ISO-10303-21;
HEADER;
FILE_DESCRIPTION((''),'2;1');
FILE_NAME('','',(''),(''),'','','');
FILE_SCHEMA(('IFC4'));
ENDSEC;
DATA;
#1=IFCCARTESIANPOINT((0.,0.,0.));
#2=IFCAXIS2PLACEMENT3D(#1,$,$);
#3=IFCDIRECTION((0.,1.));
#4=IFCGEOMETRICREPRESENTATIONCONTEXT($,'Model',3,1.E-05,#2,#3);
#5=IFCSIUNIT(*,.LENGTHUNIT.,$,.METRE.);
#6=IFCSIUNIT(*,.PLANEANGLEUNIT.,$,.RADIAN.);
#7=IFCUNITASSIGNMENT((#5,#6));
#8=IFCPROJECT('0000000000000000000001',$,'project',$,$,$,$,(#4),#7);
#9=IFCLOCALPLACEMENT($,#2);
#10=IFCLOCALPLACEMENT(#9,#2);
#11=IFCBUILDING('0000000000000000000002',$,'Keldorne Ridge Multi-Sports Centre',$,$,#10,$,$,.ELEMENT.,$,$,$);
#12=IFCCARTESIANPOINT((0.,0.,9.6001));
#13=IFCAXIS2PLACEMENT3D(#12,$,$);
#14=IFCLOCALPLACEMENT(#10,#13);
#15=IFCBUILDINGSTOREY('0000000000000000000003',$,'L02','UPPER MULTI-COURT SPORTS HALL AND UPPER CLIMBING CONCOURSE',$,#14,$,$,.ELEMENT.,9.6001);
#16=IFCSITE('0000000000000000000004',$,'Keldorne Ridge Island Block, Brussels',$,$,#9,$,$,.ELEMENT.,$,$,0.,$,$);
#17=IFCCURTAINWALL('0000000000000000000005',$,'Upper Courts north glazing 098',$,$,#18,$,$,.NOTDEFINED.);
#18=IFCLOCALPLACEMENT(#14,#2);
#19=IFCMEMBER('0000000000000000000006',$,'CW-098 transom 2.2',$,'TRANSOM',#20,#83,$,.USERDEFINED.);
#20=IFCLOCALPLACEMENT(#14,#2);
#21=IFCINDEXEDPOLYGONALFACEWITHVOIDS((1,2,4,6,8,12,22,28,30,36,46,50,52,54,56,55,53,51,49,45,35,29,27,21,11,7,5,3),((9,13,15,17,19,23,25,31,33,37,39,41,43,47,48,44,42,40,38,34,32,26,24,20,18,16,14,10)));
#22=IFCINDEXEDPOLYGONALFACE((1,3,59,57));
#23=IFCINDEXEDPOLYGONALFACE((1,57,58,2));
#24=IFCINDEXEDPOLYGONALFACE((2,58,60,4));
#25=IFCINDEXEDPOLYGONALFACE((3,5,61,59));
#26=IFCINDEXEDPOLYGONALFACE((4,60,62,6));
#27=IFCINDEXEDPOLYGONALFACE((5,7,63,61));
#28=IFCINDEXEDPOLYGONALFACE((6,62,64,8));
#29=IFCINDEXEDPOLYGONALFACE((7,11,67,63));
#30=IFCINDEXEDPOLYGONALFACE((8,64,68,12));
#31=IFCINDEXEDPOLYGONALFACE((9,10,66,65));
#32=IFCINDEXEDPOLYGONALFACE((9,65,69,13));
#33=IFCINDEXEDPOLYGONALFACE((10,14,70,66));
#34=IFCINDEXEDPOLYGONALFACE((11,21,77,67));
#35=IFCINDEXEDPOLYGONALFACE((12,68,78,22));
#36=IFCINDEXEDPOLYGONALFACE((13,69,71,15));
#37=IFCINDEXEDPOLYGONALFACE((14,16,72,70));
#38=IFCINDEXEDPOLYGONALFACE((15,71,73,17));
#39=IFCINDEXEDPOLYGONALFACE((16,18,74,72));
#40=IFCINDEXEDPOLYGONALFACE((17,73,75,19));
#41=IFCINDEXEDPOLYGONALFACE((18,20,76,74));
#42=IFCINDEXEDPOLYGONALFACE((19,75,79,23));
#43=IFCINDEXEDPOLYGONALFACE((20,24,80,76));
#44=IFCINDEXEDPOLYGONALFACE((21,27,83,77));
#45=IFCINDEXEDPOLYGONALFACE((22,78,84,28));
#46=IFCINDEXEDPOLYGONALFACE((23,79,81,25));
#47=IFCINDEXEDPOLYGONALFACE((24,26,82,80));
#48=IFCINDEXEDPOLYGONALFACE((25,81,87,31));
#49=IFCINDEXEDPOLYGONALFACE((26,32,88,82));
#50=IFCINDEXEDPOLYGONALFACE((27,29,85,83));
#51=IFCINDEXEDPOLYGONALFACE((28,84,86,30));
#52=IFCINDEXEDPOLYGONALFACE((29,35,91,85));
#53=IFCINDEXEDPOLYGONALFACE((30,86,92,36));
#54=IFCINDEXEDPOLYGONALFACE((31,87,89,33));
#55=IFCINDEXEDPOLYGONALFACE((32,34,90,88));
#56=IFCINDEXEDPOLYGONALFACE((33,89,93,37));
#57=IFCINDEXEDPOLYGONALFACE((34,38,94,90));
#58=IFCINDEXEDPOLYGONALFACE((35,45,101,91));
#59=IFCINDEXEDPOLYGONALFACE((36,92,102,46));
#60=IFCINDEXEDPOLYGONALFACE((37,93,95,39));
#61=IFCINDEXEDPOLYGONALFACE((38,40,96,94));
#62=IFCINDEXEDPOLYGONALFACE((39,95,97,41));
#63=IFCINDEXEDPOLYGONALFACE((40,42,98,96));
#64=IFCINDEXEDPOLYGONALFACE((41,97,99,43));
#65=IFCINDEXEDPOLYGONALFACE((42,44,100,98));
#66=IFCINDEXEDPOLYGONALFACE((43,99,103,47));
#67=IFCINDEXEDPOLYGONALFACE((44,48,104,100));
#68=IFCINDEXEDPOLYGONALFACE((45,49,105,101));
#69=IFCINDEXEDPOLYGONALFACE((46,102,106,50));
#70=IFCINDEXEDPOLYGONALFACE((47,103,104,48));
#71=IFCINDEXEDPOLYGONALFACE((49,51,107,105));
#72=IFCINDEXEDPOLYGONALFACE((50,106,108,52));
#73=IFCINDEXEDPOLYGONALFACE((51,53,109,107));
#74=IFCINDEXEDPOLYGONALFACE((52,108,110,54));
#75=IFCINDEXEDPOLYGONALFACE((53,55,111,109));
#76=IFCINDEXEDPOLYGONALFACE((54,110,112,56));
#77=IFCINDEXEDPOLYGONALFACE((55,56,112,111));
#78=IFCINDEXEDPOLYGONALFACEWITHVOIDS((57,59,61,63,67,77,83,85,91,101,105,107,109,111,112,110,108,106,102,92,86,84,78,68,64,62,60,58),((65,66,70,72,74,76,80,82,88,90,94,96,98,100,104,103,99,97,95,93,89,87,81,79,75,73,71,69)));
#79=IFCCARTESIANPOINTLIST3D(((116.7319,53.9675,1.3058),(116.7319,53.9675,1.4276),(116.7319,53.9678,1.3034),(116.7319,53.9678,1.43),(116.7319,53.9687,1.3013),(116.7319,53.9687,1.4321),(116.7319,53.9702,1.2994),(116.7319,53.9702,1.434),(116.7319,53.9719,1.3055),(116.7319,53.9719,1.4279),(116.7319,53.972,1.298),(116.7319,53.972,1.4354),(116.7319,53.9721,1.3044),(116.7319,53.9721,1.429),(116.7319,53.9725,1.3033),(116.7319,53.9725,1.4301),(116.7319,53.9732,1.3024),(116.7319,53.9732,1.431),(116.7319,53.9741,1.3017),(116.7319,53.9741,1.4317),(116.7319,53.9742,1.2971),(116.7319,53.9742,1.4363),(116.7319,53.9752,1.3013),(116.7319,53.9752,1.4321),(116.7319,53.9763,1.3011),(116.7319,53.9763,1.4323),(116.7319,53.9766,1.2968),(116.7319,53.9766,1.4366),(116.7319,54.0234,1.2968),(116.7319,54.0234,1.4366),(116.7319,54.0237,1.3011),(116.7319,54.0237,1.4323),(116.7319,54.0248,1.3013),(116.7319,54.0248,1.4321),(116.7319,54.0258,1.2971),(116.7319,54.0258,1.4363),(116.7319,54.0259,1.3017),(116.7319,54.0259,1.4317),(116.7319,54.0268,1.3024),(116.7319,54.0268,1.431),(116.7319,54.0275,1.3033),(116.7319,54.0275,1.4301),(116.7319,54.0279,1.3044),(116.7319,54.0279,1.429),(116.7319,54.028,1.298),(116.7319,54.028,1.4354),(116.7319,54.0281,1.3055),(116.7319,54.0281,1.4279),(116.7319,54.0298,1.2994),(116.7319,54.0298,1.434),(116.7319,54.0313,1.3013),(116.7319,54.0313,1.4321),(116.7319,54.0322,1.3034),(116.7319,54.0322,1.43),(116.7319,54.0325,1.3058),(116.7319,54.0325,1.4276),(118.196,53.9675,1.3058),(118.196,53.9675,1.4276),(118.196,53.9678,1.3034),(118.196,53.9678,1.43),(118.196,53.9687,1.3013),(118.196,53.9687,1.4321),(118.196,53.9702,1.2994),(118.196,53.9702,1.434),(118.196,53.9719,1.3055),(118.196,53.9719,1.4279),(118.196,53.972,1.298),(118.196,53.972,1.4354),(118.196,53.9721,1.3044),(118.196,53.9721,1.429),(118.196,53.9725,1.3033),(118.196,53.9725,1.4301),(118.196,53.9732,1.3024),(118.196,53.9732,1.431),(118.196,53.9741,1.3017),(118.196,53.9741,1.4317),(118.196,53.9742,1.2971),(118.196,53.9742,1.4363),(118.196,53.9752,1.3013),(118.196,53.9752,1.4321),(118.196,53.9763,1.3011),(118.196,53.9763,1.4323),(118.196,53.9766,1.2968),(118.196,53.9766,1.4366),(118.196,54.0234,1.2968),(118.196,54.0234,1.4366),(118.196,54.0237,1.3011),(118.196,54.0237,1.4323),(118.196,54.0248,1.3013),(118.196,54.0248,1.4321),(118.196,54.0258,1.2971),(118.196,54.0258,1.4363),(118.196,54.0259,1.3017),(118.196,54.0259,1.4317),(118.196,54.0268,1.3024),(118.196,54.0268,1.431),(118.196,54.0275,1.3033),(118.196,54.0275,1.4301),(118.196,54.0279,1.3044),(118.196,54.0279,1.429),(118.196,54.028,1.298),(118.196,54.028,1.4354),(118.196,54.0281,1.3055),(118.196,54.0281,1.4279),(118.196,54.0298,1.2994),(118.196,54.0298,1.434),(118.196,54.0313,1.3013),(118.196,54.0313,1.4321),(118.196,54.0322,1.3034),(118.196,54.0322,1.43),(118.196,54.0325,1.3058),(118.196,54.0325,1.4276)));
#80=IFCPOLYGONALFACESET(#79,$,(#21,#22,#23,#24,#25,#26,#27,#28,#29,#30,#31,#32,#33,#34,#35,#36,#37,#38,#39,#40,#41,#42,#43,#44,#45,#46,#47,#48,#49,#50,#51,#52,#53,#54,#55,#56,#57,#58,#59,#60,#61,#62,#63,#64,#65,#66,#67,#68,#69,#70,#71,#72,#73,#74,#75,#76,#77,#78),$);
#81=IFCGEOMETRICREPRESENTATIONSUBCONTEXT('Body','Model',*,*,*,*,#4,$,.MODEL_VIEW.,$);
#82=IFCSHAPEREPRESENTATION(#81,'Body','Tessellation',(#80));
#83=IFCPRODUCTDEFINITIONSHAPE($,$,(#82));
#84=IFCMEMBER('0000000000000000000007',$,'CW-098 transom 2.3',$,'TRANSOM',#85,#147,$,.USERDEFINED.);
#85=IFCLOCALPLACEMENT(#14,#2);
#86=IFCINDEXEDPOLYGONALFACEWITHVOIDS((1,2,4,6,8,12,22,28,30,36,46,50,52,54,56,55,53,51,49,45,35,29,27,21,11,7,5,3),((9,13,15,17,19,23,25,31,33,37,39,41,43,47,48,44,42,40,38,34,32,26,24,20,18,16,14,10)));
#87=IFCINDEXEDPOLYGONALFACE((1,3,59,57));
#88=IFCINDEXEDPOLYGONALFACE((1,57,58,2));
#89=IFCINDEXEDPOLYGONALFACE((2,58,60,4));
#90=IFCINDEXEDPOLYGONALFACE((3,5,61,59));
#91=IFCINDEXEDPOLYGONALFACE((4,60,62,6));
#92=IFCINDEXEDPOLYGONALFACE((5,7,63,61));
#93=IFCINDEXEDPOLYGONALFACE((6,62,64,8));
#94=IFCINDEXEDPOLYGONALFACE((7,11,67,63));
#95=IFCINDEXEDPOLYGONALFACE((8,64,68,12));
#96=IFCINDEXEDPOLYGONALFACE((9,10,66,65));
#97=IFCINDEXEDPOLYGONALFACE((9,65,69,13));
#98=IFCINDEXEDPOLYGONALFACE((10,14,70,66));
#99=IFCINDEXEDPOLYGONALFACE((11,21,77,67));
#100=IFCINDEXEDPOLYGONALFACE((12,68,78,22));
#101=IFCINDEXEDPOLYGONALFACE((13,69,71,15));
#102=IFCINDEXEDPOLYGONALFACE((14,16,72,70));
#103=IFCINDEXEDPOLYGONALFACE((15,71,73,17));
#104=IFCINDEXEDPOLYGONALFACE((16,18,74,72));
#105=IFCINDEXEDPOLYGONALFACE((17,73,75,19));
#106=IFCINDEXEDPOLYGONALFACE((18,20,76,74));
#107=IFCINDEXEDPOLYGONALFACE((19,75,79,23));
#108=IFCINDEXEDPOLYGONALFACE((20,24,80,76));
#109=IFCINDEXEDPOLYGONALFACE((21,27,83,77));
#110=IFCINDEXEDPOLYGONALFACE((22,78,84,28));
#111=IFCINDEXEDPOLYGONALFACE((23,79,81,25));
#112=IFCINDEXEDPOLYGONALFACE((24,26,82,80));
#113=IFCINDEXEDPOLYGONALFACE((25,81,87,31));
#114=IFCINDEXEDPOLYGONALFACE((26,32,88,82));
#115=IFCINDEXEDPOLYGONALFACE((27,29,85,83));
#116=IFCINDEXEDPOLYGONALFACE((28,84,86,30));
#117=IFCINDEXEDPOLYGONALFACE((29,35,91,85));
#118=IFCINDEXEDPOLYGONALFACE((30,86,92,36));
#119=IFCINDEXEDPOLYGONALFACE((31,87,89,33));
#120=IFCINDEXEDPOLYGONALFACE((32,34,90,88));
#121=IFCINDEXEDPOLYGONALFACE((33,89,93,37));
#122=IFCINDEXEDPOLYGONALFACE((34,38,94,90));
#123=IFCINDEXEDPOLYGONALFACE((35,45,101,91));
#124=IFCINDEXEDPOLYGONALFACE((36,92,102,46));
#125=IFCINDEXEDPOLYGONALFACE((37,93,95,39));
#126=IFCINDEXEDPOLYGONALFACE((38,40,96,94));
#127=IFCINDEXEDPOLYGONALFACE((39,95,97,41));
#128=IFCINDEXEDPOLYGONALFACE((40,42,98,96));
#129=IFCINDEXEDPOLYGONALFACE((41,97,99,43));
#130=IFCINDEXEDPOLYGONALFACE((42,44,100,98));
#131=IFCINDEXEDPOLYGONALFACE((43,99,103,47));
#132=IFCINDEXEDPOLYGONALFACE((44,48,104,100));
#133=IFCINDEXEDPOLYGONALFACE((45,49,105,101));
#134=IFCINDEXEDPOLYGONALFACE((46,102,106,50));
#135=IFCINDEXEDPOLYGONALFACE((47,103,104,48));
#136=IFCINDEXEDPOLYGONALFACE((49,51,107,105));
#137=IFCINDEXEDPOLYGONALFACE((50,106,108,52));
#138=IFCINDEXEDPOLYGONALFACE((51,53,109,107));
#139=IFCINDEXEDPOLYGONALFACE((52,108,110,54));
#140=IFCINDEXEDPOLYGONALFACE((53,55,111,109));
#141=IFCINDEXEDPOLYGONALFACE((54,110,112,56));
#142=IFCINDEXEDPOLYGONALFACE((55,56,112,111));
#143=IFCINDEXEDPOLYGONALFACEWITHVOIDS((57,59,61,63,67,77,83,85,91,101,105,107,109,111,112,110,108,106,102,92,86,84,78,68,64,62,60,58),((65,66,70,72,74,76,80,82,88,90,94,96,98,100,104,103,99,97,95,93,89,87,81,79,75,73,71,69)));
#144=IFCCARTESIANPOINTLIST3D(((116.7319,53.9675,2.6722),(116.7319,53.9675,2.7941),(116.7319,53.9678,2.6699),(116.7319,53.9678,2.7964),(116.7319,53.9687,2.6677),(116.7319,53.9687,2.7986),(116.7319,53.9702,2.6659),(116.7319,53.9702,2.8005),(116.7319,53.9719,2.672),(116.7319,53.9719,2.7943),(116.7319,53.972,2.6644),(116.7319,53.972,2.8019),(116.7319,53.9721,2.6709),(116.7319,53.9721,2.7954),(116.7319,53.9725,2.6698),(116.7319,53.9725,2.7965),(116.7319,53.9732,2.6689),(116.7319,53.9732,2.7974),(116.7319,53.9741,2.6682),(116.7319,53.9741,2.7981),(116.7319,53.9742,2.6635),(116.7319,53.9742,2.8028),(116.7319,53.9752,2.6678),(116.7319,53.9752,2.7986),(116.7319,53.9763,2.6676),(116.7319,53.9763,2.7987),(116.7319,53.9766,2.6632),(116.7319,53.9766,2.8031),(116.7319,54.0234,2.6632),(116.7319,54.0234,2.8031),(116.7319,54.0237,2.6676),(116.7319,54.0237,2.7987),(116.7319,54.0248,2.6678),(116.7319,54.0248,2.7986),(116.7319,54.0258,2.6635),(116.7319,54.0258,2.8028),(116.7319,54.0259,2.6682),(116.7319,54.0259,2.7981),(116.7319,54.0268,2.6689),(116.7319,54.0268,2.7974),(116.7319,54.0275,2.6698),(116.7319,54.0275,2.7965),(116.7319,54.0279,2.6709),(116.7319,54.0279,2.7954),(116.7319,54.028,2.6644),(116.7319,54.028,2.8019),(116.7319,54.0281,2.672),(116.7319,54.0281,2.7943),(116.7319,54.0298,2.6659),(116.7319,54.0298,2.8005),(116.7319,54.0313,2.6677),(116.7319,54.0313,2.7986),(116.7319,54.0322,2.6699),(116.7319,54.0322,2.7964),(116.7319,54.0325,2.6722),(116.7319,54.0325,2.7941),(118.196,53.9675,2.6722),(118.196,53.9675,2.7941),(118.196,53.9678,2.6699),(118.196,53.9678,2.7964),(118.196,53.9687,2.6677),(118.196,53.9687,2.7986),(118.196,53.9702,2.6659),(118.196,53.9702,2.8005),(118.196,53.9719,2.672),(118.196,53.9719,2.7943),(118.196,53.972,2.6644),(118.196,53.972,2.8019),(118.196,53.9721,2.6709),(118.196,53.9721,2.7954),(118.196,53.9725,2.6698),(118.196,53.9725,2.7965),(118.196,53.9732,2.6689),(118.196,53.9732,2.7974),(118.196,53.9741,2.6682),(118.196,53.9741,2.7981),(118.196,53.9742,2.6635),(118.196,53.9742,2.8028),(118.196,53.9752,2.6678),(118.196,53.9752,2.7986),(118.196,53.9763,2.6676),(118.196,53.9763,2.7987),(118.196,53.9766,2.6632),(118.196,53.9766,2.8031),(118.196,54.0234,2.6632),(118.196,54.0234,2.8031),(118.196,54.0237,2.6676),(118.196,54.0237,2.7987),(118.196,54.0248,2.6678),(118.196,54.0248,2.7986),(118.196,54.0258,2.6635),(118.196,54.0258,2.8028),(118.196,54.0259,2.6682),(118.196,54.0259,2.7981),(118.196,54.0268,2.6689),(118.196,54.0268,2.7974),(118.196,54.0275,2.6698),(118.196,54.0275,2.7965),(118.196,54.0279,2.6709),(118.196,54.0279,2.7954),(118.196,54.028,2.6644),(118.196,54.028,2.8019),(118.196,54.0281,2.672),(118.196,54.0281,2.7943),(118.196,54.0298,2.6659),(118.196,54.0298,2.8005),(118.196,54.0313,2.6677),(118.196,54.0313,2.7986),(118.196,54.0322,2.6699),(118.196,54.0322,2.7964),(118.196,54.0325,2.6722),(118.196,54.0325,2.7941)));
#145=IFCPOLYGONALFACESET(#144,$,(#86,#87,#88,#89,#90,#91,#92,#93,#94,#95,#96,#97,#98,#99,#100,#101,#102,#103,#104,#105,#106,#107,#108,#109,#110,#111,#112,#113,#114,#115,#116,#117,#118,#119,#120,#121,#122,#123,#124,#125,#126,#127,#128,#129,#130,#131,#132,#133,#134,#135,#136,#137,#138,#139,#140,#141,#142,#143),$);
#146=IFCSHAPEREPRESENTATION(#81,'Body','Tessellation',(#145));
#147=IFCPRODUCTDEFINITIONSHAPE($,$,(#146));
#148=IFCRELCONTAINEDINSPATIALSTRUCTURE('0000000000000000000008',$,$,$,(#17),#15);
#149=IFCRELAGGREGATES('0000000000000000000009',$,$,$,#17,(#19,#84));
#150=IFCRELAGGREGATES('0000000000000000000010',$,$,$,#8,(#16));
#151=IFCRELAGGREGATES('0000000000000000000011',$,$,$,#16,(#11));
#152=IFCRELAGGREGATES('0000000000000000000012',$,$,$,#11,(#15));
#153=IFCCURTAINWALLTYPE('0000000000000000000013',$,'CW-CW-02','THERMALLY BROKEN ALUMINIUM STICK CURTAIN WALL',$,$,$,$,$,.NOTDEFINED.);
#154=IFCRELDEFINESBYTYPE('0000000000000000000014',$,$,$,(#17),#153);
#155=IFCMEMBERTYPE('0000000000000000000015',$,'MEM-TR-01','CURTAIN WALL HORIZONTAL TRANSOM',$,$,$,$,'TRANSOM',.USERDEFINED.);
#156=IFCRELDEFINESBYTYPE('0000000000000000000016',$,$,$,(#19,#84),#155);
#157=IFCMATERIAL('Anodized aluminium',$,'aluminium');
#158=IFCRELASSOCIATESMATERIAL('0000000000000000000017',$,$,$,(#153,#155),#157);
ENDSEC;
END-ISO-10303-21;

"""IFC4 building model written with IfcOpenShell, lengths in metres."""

from ifc_helpers import new_model, si_unit, direction, frame, origin, origin_2d, place, context, subcontext, project, spatial, hollow_rectangle, extrude, material, material_profile, profile_set, type_object, element, aggregate, save


model = new_model("IFC4")

# Units and contexts
model_context = context("Model", 3, precision=1e-05, world=origin(), true_north=direction((0.0, 1.0)))
body_context = subcontext(model_context, "Body", "Model", "MODEL_VIEW")
ifc_project = project(units=[si_unit("LENGTHUNIT", "METRE"), si_unit("PLANEANGLEUNIT", "RADIAN")], contexts=[model_context])

# Site, building, storey
site_placement = place(None, origin())
site = spatial("IfcSite", under=ifc_project, at=site_placement, Name="Keldorne Ridge Island Block, Brussels", CompositionType="ELEMENT", RefElevation=0.0)
building_placement = place(site_placement, origin())
building = spatial("IfcBuilding", under=site, at=building_placement, Name="Keldorne Ridge Multi-Sports Centre", CompositionType="ELEMENT")
storey_placement = place(building_placement, frame((0.0, 0.0, 9.6001)))
storey = spatial("IfcBuildingStorey", under=building, at=storey_placement, Name="L02", Description="UPPER MULTI-COURT SPORTS HALL AND UPPER CLIMBING CONCOURSE", CompositionType="ELEMENT", Elevation=9.6001)

# Curtain wall
ifc_material_1 = material(Name="Anodized aluminium", Category="aluminium")
curtain_wall_type_1 = type_object("IfcCurtainWallType", Name="CW-CW-02", Description="THERMALLY BROKEN ALUMINIUM STICK CURTAIN WALL", PredefinedType="NOTDEFINED", material=ifc_material_1)
curtain_wall_1_placement = place(storey_placement, origin())
curtain_wall_1 = element("IfcCurtainWall", 1, at=curtain_wall_1_placement, inside=storey, type_object=curtain_wall_type_1, Name="Upper Courts north glazing 098", PredefinedType="NOTDEFINED")

# Members
ifc_material_profile_1 = material_profile(ifc_material_1, hollow_rectangle(XDim=0.0649, YDim=0.1399, WallThickness=0.0044, InnerFilletRadius=0.0044, OuterFilletRadius=0.009, at=origin_2d()), Name="ALU TRANSOM 140x65x4.5")
ifc_profile_set_1 = profile_set([ifc_material_profile_1], Name="Anodized aluminium")
member_type_1 = type_object("IfcMemberType", Name="MEM-TR-01", Description="CURTAIN WALL HORIZONTAL TRANSOM", ElementType="TRANSOM", PredefinedType="USERDEFINED", material=ifc_profile_set_1)
member_1_placement = place(storey_placement, frame((118.196, 54.0, 1.3667), z_axis=(-1.0, 0.0, 0.0), x_axis=(0.0, -1.0, 0.0)))
member_1 = element("IfcMember", 2, at=member_1_placement, type_object=member_type_1, Name="CW-098 transom 2.2", ObjectType="TRANSOM", PredefinedType="USERDEFINED", context=body_context, shape_type="SweptSolid", body=[
    extrude(hollow_rectangle(XDim=0.0649, YDim=0.1399, WallThickness=0.0044, InnerFilletRadius=0.0044, OuterFilletRadius=0.009, at=origin_2d()), origin(), (0.0, 0.0, 1.0), 1.4641),
])
member_2_placement = place(storey_placement, frame((118.196, 54.0, 2.7332), z_axis=(-1.0, 0.0, 0.0), x_axis=(0.0, -1.0, 0.0)))
member_2 = element("IfcMember", 3, at=member_2_placement, type_object=member_type_1, Name="CW-098 transom 2.3", ObjectType="TRANSOM", PredefinedType="USERDEFINED", context=body_context, shape_type="SweptSolid", body=[
    extrude(hollow_rectangle(XDim=0.0649, YDim=0.1399, WallThickness=0.0044, InnerFilletRadius=0.0044, OuterFilletRadius=0.009, at=origin_2d()), origin(), (0.0, 0.0, 1.0), 1.4641),
])

aggregate(curtain_wall_1, [member_1, member_2])

save(model, "model.ifc")
